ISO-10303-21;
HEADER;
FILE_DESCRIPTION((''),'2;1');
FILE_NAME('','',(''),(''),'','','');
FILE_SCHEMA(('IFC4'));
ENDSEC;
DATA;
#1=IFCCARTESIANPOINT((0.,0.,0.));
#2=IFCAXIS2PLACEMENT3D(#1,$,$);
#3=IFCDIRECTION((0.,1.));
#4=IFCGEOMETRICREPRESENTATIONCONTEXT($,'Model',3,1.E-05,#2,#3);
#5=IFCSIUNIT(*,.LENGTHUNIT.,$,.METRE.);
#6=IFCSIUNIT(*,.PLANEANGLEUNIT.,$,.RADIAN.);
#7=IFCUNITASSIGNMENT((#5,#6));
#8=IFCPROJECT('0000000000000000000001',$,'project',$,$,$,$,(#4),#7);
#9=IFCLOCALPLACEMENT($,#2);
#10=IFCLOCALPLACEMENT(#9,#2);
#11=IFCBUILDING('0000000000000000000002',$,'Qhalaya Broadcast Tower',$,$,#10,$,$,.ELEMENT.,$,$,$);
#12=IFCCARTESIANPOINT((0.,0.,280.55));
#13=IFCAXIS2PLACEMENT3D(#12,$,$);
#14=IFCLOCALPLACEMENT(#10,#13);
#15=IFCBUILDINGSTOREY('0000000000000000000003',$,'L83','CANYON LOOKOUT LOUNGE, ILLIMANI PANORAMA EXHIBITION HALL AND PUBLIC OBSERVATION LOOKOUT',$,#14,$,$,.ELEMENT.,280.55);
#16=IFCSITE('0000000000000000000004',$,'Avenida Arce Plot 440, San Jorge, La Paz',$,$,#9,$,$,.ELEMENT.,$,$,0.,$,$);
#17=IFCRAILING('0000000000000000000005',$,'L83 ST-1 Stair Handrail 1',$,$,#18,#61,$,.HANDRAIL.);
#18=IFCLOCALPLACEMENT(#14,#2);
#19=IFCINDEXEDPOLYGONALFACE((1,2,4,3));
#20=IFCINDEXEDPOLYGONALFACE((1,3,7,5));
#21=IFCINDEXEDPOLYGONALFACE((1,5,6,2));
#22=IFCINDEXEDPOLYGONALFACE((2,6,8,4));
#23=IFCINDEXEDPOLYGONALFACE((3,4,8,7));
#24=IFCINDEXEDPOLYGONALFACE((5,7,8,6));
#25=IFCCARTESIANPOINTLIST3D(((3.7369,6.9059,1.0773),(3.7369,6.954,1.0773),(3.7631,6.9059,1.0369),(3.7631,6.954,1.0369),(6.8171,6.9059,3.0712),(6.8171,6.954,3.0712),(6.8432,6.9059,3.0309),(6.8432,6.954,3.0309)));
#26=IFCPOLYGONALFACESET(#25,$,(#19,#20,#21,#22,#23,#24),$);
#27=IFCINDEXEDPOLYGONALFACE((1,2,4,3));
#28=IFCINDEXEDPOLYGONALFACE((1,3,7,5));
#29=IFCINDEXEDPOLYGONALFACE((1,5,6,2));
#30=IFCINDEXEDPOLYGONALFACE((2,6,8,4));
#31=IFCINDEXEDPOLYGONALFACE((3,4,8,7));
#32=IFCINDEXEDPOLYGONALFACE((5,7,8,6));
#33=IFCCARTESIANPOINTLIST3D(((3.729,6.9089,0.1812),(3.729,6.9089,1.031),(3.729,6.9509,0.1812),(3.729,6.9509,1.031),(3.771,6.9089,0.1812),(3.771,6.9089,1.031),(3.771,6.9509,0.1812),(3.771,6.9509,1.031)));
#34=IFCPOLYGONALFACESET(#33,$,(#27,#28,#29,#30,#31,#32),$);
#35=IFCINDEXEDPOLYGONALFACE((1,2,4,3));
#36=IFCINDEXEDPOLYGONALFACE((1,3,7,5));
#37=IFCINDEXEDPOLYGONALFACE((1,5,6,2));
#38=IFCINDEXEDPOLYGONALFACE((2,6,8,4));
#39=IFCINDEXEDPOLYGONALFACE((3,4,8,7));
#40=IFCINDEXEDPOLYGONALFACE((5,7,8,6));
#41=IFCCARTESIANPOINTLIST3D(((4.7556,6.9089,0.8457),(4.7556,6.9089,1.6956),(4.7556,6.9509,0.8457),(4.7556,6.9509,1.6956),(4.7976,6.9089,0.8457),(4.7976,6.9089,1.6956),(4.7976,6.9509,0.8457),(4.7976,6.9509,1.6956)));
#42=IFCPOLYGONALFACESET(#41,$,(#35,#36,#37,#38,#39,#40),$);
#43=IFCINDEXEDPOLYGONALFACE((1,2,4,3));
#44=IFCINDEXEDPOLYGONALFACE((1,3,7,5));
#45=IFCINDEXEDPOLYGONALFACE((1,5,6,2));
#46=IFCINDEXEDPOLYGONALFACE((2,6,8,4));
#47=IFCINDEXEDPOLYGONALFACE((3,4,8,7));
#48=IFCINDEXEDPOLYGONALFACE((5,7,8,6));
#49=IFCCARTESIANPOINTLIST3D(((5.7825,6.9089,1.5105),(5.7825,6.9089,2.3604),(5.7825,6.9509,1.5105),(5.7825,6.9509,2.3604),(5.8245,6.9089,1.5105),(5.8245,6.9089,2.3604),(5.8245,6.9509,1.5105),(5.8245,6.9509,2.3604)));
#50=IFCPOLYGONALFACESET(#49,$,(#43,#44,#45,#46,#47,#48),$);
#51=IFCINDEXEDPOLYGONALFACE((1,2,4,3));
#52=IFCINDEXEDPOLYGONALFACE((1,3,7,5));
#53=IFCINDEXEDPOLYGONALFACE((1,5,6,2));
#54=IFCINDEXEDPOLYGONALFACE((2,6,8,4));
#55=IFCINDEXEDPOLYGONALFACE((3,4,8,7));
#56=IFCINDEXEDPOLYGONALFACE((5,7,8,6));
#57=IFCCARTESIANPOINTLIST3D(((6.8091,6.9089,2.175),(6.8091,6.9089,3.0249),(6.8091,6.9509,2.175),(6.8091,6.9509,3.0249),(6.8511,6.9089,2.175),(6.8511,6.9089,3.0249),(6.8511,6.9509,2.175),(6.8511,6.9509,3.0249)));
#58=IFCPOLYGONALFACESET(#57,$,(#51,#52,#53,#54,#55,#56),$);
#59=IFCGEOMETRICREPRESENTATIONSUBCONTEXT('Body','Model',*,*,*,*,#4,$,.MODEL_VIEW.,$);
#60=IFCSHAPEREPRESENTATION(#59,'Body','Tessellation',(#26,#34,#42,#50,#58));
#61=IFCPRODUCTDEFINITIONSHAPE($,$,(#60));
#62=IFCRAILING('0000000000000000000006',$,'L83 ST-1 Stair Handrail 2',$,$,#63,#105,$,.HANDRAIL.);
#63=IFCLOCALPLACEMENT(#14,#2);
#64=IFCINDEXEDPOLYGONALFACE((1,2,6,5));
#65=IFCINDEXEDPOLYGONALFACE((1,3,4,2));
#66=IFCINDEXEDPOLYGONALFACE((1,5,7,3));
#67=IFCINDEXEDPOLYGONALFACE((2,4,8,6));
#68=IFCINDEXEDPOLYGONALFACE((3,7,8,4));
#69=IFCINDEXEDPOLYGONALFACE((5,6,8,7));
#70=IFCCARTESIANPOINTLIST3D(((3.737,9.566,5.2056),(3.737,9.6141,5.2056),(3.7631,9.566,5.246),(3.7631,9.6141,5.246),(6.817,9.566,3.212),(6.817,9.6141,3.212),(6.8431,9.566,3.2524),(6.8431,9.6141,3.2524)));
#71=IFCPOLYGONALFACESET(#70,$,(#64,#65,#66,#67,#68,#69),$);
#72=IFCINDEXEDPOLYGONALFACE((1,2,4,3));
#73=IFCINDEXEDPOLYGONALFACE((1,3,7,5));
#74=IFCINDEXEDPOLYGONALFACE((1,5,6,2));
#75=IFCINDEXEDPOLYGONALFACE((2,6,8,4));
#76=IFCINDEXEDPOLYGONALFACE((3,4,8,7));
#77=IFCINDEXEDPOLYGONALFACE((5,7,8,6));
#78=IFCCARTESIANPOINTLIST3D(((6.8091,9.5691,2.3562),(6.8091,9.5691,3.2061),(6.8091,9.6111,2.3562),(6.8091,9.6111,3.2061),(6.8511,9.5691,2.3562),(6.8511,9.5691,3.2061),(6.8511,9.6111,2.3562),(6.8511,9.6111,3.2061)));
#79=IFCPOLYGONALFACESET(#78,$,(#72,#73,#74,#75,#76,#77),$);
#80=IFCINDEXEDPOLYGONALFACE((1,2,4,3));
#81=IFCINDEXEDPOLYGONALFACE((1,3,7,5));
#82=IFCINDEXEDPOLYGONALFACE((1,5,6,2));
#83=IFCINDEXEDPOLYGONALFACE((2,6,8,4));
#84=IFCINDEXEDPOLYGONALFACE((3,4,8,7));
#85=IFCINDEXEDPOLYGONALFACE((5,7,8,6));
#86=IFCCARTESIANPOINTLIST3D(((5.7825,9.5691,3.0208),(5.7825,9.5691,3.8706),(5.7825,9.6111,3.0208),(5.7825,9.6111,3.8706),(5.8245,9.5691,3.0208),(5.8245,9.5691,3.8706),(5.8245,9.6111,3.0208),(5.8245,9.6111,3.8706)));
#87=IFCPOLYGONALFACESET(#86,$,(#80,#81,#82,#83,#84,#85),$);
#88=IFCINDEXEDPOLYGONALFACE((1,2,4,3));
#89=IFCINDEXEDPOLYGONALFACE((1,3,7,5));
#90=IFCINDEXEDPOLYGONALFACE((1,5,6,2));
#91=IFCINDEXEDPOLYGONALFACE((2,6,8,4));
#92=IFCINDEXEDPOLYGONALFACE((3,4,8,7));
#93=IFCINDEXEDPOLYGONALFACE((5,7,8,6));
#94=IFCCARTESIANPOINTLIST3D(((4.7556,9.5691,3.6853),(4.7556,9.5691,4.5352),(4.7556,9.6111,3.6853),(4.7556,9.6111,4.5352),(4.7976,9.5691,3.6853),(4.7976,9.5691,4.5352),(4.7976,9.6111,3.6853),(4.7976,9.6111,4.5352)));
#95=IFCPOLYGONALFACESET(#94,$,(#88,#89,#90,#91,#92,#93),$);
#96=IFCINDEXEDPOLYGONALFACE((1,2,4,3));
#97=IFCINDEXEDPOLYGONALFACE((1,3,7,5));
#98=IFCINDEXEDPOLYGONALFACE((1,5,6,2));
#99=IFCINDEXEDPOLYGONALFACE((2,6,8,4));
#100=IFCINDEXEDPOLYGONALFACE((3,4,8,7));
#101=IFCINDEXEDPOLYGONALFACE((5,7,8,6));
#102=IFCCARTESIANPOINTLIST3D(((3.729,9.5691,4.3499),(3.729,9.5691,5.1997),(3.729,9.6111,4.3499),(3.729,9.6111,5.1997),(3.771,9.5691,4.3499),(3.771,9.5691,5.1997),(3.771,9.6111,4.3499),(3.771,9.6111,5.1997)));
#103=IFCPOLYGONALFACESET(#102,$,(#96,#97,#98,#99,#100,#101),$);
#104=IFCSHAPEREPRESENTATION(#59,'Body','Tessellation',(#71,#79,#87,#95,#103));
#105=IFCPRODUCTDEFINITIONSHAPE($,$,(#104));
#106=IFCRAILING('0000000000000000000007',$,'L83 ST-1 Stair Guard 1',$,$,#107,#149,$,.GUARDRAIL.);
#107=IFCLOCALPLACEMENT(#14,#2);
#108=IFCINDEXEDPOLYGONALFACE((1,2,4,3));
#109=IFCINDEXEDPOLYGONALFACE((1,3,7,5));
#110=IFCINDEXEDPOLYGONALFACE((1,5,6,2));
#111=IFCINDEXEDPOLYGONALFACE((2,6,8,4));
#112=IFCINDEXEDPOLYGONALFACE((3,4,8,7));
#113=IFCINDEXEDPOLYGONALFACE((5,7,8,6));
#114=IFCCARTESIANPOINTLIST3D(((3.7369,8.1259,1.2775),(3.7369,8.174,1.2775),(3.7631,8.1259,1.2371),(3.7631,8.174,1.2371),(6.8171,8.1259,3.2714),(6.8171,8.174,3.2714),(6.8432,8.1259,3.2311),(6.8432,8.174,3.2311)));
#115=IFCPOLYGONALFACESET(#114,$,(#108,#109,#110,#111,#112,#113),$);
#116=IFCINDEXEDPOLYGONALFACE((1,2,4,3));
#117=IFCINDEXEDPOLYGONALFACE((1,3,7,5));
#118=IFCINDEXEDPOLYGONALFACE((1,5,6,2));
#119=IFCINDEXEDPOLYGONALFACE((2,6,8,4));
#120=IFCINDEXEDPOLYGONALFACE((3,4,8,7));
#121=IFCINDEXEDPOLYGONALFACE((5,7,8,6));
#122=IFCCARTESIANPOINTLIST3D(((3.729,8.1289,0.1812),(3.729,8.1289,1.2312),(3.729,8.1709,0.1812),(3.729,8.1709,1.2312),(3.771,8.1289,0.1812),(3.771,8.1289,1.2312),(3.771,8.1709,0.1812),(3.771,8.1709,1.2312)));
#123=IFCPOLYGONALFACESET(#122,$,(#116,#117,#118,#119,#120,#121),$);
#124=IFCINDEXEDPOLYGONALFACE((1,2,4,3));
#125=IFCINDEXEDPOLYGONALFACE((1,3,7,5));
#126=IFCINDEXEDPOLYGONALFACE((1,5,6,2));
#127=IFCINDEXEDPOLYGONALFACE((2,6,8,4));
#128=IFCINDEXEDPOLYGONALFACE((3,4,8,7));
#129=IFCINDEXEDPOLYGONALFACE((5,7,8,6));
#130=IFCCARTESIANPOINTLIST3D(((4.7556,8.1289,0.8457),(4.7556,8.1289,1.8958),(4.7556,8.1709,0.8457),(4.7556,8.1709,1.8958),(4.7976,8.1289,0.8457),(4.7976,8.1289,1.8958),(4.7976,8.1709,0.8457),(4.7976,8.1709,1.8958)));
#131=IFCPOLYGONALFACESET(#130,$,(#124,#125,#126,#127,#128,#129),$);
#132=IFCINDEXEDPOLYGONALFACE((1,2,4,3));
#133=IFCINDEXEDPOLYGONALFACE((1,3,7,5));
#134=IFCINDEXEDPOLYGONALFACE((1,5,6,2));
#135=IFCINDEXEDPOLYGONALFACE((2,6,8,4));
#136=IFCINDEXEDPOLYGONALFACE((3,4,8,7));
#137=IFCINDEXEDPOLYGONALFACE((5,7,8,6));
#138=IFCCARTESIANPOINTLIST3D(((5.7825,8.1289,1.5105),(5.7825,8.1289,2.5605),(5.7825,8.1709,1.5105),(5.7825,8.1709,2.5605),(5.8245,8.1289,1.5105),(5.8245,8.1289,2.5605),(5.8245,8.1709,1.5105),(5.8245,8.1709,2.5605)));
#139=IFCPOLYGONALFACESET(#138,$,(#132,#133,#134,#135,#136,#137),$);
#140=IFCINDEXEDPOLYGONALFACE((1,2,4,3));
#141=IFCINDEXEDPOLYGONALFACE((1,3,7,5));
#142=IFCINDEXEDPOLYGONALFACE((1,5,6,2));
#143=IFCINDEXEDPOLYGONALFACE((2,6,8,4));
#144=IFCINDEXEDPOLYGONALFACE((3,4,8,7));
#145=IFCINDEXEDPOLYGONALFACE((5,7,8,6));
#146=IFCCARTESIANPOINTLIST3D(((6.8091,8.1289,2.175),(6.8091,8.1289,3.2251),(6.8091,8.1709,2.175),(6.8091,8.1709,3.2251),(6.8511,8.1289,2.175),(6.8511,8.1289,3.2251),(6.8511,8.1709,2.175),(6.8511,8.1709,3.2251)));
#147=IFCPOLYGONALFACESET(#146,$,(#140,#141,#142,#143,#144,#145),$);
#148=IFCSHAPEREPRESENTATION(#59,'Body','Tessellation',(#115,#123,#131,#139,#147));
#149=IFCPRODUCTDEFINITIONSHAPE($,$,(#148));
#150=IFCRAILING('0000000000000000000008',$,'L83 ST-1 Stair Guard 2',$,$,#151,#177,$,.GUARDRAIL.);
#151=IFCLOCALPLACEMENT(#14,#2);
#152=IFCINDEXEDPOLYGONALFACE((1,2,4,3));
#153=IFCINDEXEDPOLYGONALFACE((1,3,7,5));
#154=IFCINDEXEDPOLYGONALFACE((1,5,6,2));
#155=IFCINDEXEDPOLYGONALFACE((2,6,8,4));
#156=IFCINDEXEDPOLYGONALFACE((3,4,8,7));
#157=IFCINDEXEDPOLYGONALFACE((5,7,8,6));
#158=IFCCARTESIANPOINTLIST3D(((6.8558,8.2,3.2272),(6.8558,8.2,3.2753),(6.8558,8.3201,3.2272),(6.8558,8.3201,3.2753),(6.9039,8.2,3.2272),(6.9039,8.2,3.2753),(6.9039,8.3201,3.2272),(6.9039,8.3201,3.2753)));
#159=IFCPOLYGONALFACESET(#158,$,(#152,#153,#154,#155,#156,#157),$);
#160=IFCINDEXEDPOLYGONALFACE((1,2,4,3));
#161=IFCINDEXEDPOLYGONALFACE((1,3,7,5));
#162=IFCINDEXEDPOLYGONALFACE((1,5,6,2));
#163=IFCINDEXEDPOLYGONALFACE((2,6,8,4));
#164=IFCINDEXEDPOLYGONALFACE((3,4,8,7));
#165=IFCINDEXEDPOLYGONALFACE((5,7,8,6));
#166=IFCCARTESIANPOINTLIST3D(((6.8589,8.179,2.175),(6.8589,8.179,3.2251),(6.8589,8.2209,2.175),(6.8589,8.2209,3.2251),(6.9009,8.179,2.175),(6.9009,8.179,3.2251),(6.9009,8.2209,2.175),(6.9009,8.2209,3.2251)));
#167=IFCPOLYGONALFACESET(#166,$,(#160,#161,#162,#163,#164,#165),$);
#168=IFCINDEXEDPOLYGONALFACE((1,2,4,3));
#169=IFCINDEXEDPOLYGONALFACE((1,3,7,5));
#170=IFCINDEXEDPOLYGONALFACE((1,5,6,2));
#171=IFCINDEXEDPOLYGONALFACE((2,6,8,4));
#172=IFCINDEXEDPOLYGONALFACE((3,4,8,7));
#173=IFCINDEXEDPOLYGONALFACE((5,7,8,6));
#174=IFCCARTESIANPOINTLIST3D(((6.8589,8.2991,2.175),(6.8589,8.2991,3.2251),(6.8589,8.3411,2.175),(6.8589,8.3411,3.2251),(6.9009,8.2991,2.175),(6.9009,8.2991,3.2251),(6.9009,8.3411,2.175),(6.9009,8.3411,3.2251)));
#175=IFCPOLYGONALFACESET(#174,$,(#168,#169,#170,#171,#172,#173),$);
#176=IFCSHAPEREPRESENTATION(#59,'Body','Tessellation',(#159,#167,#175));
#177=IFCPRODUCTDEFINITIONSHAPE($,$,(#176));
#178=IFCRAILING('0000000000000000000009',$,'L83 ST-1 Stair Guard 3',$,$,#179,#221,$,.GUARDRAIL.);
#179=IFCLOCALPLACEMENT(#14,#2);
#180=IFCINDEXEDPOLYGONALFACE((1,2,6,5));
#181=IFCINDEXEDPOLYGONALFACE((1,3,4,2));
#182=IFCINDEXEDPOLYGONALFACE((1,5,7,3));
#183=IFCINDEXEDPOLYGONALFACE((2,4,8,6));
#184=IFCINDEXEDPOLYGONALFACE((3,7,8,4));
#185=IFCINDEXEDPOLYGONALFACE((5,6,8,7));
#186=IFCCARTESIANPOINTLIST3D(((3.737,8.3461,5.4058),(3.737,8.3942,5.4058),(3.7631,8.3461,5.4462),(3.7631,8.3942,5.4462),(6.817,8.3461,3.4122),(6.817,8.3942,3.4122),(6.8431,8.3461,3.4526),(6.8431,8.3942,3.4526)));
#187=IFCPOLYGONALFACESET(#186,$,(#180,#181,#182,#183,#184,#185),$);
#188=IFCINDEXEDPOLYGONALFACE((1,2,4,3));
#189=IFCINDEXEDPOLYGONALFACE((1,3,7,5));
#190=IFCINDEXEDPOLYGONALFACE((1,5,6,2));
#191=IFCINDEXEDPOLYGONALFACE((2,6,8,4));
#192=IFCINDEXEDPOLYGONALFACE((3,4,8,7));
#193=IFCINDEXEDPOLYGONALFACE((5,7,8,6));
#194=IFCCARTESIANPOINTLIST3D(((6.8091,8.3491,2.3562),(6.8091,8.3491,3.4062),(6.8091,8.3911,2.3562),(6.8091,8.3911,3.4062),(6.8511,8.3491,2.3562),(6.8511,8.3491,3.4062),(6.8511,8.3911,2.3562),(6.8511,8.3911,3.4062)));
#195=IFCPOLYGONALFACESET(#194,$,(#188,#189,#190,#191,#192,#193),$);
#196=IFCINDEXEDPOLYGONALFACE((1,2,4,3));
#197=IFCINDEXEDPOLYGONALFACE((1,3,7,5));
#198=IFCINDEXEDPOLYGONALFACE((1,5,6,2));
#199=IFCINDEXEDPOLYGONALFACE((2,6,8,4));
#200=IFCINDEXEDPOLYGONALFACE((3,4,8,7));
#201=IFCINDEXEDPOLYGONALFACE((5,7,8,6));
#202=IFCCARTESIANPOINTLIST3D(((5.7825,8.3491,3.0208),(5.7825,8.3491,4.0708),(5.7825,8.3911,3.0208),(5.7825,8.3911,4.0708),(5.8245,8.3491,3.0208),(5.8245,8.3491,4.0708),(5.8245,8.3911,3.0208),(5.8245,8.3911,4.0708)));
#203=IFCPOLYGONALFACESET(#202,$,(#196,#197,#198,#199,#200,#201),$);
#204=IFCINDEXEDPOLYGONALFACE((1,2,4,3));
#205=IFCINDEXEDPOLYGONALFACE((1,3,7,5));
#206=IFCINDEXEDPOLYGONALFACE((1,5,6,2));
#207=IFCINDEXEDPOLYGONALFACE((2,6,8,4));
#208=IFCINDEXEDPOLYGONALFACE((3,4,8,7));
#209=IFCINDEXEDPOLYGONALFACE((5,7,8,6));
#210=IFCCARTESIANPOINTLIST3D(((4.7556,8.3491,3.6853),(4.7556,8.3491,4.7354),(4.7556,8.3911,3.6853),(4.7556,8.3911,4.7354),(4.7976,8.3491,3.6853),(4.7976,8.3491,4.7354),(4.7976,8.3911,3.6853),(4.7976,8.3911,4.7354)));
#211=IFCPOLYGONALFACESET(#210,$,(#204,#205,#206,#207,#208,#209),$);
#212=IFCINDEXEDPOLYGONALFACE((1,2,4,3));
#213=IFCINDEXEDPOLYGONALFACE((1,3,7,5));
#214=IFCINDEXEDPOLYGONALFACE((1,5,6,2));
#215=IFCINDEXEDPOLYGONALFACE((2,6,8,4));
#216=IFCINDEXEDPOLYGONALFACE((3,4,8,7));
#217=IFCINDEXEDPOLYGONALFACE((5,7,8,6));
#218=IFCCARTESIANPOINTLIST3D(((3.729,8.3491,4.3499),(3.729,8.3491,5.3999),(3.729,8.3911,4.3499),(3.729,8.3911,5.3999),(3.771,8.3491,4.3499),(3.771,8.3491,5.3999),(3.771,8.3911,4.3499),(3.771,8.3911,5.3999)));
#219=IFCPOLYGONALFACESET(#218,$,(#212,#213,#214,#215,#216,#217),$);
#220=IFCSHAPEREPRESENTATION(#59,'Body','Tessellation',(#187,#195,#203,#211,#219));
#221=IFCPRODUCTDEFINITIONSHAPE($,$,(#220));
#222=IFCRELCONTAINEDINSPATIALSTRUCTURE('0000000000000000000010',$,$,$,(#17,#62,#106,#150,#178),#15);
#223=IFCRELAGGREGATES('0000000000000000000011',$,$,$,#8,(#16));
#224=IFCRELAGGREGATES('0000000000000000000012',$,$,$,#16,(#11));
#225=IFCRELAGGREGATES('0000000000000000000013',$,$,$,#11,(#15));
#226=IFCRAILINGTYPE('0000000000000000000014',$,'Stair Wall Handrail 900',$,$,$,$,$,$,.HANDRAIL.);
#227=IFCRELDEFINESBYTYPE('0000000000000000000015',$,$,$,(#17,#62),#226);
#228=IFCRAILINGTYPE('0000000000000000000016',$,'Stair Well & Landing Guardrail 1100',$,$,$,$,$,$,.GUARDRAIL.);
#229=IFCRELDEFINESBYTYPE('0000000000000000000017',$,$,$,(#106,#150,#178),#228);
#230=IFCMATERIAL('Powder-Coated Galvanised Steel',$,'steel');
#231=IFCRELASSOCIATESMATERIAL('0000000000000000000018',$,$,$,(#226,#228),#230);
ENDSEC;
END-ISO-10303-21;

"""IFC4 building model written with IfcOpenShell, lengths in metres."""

from ifc_helpers import new_model, si_unit, direction, frame, origin, origin_2d, place, context, subcontext, project, spatial, rectangle, extrude, material, type_object, element, save


model = new_model("IFC4")

# Units and contexts
model_context = context("Model", 3, precision=1e-05, world=origin(), true_north=direction((0.0, 1.0)))
body_context = subcontext(model_context, "Body", "Model", "MODEL_VIEW")
ifc_project = project(units=[si_unit("LENGTHUNIT", "METRE"), si_unit("PLANEANGLEUNIT", "RADIAN")], contexts=[model_context])

# Site, building, storey
site_placement = place(None, origin())
site = spatial("IfcSite", under=ifc_project, at=site_placement, Name="Avenida Arce Plot 440, San Jorge, La Paz", CompositionType="ELEMENT", RefElevation=0.0)
building_placement = place(site_placement, origin())
building = spatial("IfcBuilding", under=site, at=building_placement, Name="Qhalaya Broadcast Tower", CompositionType="ELEMENT")
storey_placement = place(building_placement, frame((0.0, 0.0, 280.55)))
storey = spatial("IfcBuildingStorey", under=building, at=storey_placement, Name="L83", Description="CANYON LOOKOUT LOUNGE, ILLIMANI PANORAMA EXHIBITION HALL AND PUBLIC OBSERVATION LOOKOUT", CompositionType="ELEMENT", Elevation=280.55)

# Railings
ifc_material_1 = material(Name="Powder-Coated Galvanised Steel", Category="steel")
railing_type_1 = type_object("IfcRailingType", Name="Stair Wall Handrail 900", PredefinedType="HANDRAIL", material=ifc_material_1)
railing_1_placement = place(storey_placement, frame((3.75, 6.9299, 0.1812)))
element("IfcRailing", 1, at=railing_1_placement, inside=storey, type_object=railing_type_1, Name="L83 ST-1 Stair Handrail 1", PredefinedType="HANDRAIL", context=body_context, shape_type="SweptSolid", body=[
    extrude(rectangle(XDim=0.0481, YDim=0.0481, at=origin_2d()), frame((0.0, 0.0, 0.876), z_axis=(0.839458, 0.0, 0.543425), x_axis=(0.0, 1.0, 0.0)), (0.0, 0.0, 1.0), 3.6692),
    extrude(rectangle(XDim=0.042, YDim=0.042, at=origin_2d()), origin(), (0.0, 0.0, 1.0), 0.8499),
    extrude(rectangle(XDim=0.042, YDim=0.042, at=origin_2d()), frame((1.0266, 0.0, 0.6646)), (0.0, 0.0, 1.0), 0.8499),
    extrude(rectangle(XDim=0.042, YDim=0.042, at=origin_2d()), frame((2.0535, 0.0, 1.3293)), (0.0, 0.0, 1.0), 0.8499),
    extrude(rectangle(XDim=0.042, YDim=0.042, at=origin_2d()), frame((3.0801, 0.0, 1.9939)), (0.0, 0.0, 1.0), 0.8499),
])
railing_2_placement = place(storey_placement, frame((6.8301, 9.5901, 2.3562)))
element("IfcRailing", 2, at=railing_2_placement, inside=storey, type_object=railing_type_1, Name="L83 ST-1 Stair Handrail 2", PredefinedType="HANDRAIL", context=body_context, shape_type="SweptSolid", body=[
    extrude(rectangle(XDim=0.0481, YDim=0.0481, at=origin_2d()), frame((0.0, 0.0, 0.876), z_axis=(-0.839488, 0.0, 0.543378), x_axis=(0.0, -1.0, 0.0)), (0.0, 0.0, 1.0), 3.6689),
    extrude(rectangle(XDim=0.042, YDim=0.042, at=origin_2d()), origin(), (0.0, 0.0, 1.0), 0.8499),
    extrude(rectangle(XDim=0.042, YDim=0.042, at=origin_2d()), frame((-1.0266, 0.0, 0.6646)), (0.0, 0.0, 1.0), 0.8499),
    extrude(rectangle(XDim=0.042, YDim=0.042, at=origin_2d()), frame((-2.0535, 0.0, 1.3291)), (0.0, 0.0, 1.0), 0.8499),
    extrude(rectangle(XDim=0.042, YDim=0.042, at=origin_2d()), frame((-3.0801, 0.0, 1.9937)), (0.0, 0.0, 1.0), 0.8499),
])
railing_type_2 = type_object("IfcRailingType", Name="Stair Well & Landing Guardrail 1100", PredefinedType="GUARDRAIL", material=ifc_material_1)
railing_3_placement = place(storey_placement, frame((3.75, 8.1499, 0.1812)))
element("IfcRailing", 3, at=railing_3_placement, inside=storey, type_object=railing_type_2, Name="L83 ST-1 Stair Guard 1", PredefinedType="GUARDRAIL", context=body_context, shape_type="SweptSolid", body=[
    extrude(rectangle(XDim=0.0481, YDim=0.0481, at=origin_2d()), frame((0.0, 0.0, 1.0762), z_axis=(0.839458, 0.0, 0.543425), x_axis=(0.0, 1.0, 0.0)), (0.0, 0.0, 1.0), 3.6692),
    extrude(rectangle(XDim=0.042, YDim=0.042, at=origin_2d()), origin(), (0.0, 0.0, 1.0), 1.05),
    extrude(rectangle(XDim=0.042, YDim=0.042, at=origin_2d()), frame((1.0266, 0.0, 0.6646)), (0.0, 0.0, 1.0), 1.05),
    extrude(rectangle(XDim=0.042, YDim=0.042, at=origin_2d()), frame((2.0535, 0.0, 1.3293)), (0.0, 0.0, 1.0), 1.05),
    extrude(rectangle(XDim=0.042, YDim=0.042, at=origin_2d()), frame((3.0801, 0.0, 1.9939)), (0.0, 0.0, 1.0), 1.05),
])
railing_4_placement = place(storey_placement, frame((6.8799, 8.2, 2.175)))
element("IfcRailing", 4, at=railing_4_placement, inside=storey, type_object=railing_type_2, Name="L83 ST-1 Stair Guard 2", PredefinedType="GUARDRAIL", context=body_context, shape_type="SweptSolid", body=[
    extrude(rectangle(XDim=0.0481, YDim=0.0481, at=origin_2d()), frame((0.0, 0.0, 1.0762), z_axis=(0.0, 1.0, 0.0), x_axis=(-1.0, 0.0, 0.0)), (0.0, 0.0, 1.0), 0.1201),
    extrude(rectangle(XDim=0.042, YDim=0.042, at=origin_2d()), origin(), (0.0, 0.0, 1.0), 1.05),
    extrude(rectangle(XDim=0.042, YDim=0.042, at=origin_2d()), frame((0.0, 0.1201, 0.0)), (0.0, 0.0, 1.0), 1.05),
])
railing_5_placement = place(storey_placement, frame((6.8301, 8.3701, 2.3562)))
element("IfcRailing", 5, at=railing_5_placement, inside=storey, type_object=railing_type_2, Name="L83 ST-1 Stair Guard 3", PredefinedType="GUARDRAIL", context=body_context, shape_type="SweptSolid", body=[
    extrude(rectangle(XDim=0.0481, YDim=0.0481, at=origin_2d()), frame((0.0, 0.0, 1.0762), z_axis=(-0.839488, 0.0, 0.543378), x_axis=(0.0, -1.0, 0.0)), (0.0, 0.0, 1.0), 3.6689),
    extrude(rectangle(XDim=0.042, YDim=0.042, at=origin_2d()), origin(), (0.0, 0.0, 1.0), 1.05),
    extrude(rectangle(XDim=0.042, YDim=0.042, at=origin_2d()), frame((-1.0266, 0.0, 0.6646)), (0.0, 0.0, 1.0), 1.05),
    extrude(rectangle(XDim=0.042, YDim=0.042, at=origin_2d()), frame((-2.0535, 0.0, 1.3291)), (0.0, 0.0, 1.0), 1.05),
    extrude(rectangle(XDim=0.042, YDim=0.042, at=origin_2d()), frame((-3.0801, 0.0, 1.9937)), (0.0, 0.0, 1.0), 1.05),
])

save(model, "model.ifc")
